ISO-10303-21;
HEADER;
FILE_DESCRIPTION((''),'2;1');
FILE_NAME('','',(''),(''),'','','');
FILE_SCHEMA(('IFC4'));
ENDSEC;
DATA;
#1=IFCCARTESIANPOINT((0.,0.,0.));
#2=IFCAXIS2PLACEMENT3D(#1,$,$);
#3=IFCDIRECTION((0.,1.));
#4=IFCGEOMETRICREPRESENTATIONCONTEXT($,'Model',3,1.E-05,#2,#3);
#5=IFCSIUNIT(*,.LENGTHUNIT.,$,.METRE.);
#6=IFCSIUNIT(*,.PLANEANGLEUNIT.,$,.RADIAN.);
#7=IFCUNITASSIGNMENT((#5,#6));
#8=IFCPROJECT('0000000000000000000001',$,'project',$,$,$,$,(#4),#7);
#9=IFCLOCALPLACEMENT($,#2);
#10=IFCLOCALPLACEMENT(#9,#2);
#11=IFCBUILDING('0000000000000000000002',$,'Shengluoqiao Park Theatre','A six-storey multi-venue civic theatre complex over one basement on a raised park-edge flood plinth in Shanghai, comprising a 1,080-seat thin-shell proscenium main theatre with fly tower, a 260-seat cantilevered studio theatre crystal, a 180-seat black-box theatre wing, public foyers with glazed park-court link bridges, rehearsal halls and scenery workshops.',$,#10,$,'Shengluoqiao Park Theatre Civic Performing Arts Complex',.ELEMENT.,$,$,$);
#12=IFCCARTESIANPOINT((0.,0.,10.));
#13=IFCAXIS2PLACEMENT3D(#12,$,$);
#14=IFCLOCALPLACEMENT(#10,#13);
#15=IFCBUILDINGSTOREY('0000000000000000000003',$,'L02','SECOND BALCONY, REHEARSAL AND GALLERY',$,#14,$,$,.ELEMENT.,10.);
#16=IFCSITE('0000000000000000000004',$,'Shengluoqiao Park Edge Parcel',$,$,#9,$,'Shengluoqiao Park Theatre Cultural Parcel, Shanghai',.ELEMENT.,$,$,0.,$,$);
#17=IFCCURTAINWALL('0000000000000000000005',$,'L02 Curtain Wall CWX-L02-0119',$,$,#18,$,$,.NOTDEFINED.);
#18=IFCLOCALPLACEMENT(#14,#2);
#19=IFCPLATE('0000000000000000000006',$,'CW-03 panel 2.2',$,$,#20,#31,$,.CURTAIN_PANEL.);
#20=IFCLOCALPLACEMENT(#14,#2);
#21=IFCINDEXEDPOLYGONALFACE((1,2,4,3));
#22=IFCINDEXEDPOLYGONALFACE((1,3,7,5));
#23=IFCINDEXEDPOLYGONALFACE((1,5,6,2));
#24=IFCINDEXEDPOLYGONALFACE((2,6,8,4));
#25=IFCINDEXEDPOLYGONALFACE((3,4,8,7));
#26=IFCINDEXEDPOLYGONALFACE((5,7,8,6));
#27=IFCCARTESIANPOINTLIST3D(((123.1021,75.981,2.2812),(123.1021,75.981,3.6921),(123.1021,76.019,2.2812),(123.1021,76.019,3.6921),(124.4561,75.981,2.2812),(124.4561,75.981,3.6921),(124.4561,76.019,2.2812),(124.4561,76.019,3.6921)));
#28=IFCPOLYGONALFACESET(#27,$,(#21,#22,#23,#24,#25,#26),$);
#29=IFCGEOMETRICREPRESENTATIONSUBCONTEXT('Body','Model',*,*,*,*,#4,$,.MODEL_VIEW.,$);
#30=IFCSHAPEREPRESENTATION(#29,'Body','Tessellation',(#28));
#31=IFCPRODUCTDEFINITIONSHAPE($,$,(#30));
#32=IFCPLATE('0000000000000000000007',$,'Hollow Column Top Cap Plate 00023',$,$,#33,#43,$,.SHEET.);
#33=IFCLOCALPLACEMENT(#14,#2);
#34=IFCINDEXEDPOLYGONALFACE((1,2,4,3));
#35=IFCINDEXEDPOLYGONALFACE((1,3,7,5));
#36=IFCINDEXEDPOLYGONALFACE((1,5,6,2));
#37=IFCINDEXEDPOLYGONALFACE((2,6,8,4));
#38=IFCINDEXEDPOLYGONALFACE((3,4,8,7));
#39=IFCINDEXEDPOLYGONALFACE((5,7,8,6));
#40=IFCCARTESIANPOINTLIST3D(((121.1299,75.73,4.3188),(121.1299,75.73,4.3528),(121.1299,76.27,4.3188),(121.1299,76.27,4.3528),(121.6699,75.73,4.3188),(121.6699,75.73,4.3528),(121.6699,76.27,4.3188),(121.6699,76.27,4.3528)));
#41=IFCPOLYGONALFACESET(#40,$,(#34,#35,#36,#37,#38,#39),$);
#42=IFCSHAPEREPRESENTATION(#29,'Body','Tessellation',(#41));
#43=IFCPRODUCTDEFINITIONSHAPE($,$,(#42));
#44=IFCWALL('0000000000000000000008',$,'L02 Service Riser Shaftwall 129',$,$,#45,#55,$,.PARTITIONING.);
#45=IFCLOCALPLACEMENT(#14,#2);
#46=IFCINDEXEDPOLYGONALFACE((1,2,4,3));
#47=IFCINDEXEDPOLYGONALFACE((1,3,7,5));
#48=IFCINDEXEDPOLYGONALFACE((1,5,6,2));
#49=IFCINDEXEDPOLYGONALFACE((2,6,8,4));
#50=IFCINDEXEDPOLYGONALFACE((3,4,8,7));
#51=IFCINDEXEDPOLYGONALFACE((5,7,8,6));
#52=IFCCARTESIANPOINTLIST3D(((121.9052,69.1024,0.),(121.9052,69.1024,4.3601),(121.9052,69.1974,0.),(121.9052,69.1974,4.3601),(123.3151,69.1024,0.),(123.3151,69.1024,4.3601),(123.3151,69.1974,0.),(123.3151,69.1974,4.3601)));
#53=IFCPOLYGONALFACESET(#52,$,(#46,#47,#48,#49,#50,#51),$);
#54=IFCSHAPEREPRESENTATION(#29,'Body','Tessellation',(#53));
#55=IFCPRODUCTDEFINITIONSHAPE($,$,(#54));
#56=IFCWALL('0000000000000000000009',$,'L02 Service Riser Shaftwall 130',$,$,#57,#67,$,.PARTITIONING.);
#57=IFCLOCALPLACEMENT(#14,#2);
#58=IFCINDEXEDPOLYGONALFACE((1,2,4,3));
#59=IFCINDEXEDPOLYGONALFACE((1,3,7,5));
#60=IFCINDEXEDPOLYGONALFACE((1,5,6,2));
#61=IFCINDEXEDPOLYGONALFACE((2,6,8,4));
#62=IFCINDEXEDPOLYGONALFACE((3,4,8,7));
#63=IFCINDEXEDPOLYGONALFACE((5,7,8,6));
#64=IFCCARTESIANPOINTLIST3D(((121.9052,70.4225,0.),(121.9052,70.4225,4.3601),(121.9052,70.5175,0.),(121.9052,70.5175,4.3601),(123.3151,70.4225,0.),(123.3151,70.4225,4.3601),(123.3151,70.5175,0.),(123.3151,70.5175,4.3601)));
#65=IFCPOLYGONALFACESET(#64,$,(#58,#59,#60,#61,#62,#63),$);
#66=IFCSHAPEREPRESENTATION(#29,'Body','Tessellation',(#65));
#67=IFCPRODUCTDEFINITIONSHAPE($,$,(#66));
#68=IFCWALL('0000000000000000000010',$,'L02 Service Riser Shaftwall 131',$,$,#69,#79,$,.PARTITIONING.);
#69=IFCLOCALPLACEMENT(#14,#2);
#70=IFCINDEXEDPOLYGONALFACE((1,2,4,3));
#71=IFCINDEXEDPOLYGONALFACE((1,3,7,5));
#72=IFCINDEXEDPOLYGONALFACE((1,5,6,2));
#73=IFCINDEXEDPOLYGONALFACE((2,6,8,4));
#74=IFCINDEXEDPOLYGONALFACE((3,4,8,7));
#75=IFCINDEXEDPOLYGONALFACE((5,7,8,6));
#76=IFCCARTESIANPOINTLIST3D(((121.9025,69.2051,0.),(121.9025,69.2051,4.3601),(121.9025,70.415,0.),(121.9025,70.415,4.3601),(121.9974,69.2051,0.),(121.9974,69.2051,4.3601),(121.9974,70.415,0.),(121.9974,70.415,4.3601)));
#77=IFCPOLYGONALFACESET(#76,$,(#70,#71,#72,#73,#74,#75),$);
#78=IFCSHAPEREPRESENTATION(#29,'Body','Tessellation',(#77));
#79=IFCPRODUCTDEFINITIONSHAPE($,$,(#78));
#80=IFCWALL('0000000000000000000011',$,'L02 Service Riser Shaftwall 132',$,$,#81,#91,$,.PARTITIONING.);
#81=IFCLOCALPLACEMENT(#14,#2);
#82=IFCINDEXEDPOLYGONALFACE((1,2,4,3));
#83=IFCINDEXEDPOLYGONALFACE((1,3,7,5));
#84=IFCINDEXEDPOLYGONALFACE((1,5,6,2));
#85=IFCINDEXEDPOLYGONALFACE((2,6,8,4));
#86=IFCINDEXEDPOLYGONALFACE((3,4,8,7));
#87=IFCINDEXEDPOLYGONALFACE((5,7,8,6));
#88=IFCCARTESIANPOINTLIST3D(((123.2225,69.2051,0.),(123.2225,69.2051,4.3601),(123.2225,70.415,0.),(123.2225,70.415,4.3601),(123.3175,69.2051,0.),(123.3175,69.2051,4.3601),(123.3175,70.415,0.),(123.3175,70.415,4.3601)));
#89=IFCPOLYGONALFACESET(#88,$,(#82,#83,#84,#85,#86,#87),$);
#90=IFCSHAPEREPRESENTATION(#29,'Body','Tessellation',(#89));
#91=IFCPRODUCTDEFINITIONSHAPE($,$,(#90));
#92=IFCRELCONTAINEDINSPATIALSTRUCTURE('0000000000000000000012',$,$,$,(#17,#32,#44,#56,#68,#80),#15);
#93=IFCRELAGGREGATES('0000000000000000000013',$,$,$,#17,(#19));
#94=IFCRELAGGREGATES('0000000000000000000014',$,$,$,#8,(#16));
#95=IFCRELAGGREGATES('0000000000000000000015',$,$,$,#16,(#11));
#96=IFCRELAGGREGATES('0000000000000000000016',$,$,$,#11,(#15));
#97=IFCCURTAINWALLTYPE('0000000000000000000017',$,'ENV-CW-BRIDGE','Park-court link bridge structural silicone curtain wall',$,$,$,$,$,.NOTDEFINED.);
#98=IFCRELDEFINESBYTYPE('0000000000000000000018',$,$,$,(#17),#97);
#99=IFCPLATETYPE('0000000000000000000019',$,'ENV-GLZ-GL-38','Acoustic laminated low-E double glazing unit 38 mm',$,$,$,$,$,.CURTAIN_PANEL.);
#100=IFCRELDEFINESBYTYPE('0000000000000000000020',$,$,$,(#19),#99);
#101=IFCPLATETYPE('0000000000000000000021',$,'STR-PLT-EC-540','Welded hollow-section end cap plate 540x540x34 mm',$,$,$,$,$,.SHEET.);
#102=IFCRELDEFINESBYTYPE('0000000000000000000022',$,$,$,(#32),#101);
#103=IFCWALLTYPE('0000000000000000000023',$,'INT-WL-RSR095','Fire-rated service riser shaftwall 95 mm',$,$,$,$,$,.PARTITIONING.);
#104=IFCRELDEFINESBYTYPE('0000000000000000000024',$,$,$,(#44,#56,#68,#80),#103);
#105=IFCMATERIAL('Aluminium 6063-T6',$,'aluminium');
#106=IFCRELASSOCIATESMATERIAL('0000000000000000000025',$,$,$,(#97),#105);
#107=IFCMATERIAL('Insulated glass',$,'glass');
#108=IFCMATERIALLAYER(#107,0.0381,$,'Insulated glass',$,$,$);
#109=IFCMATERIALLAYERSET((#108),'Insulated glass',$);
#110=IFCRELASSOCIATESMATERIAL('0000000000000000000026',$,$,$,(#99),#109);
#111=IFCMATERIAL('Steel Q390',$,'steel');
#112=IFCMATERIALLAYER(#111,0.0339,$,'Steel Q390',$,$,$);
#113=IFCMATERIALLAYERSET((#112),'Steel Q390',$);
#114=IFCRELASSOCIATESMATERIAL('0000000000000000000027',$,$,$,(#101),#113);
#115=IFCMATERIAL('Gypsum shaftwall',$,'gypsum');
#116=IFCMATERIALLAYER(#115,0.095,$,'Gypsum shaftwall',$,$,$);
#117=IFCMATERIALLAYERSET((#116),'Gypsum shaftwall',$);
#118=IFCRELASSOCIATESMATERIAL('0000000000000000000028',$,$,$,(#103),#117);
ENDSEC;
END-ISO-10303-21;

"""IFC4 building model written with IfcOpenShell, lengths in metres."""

from ifc_helpers import new_model, si_unit, direction, frame, frame_2d, origin, origin_2d, place, context, subcontext, project, spatial, rectangle, extrude, material, layer, layer_set, type_object, element, aggregate, save


model = new_model("IFC4")

# Units and contexts
model_context = context("Model", 3, precision=1e-05, world=origin(), true_north=direction((0.0, 1.0)))
body_context = subcontext(model_context, "Body", "Model", "MODEL_VIEW")
ifc_project = project(units=[si_unit("LENGTHUNIT", "METRE"), si_unit("PLANEANGLEUNIT", "RADIAN")], contexts=[model_context])

# Site, building, storey
site_placement = place(None, origin())
site = spatial("IfcSite", under=ifc_project, at=site_placement, Name="Shengluoqiao Park Edge Parcel", LongName="Shengluoqiao Park Theatre Cultural Parcel, Shanghai", CompositionType="ELEMENT", RefElevation=0.0)
building_placement = place(site_placement, origin())
building = spatial("IfcBuilding", under=site, at=building_placement, Name="Shengluoqiao Park Theatre", Description="A six-storey multi-venue civic theatre complex over one basement on a raised park-edge flood plinth in Shanghai, comprising a 1,080-seat thin-shell proscenium main theatre with fly tower, a 260-seat cantilevered studio theatre crystal, a 180-seat black-box theatre wing, public foyers with glazed park-court link bridges, rehearsal halls and scenery workshops.", LongName="Shengluoqiao Park Theatre Civic Performing Arts Complex", CompositionType="ELEMENT")
storey_placement = place(building_placement, frame((0.0, 0.0, 10.0)))
storey = spatial("IfcBuildingStorey", under=building, at=storey_placement, Name="L02", Description="SECOND BALCONY, REHEARSAL AND GALLERY", CompositionType="ELEMENT", Elevation=10.0)

# Shared definitions
ifc_material_1 = material(Name="Steel Q390", Category="steel")

# Shared definitions
ifc_material_2 = material(Name="Aluminium 6063-T6", Category="aluminium")
curtain_wall_type = type_object("IfcCurtainWallType", Name="ENV-CW-BRIDGE", Description="Park-court link bridge structural silicone curtain wall", PredefinedType="NOTDEFINED", material=ifc_material_2)

# Curtain wall
curtain_wall_1_placement = place(storey_placement, origin())
curtain_wall_1 = element("IfcCurtainWall", 1, at=curtain_wall_1_placement, inside=storey, type_object=curtain_wall_type, Name="L02 Curtain Wall CWX-L02-0119", PredefinedType="NOTDEFINED")

# Plates
ifc_material_3 = material(Name="Insulated glass", Category="glass")
ifc_layer_1 = layer(ifc_material_3, 0.0381, Name="Insulated glass")
ifc_layer_set_1 = layer_set([ifc_layer_1], Name="Insulated glass")
plate_type_1 = type_object("IfcPlateType", Name="ENV-GLZ-GL-38", Description="Acoustic laminated low-E double glazing unit 38 mm", PredefinedType="CURTAIN_PANEL", material=ifc_layer_set_1)
plate_1_placement = place(storey_placement, frame((123.7791, 76.0, 2.2812), z_axis=(0.0, 0.0, 1.0), x_axis=(1.0, 0.0, 0.0)))
plate_1 = element("IfcPlate", 2, at=plate_1_placement, type_object=plate_type_1, Name="CW-03 panel 2.2", PredefinedType="CURTAIN_PANEL", context=body_context, shape_type="SweptSolid", body=[
    extrude(rectangle(XDim=1.354, YDim=0.0381, at=origin_2d()), origin(), (0.0, 0.0, 1.0), 1.4109),
])
aggregate(curtain_wall_1, [plate_1])
ifc_layer_2 = layer(ifc_material_1, 0.0339, Name="Steel Q390")
ifc_layer_set_2 = layer_set([ifc_layer_2], Name="Steel Q390")
plate_type_2 = type_object("IfcPlateType", Name="STR-PLT-EC-540", Description="Welded hollow-section end cap plate 540x540x34 mm", PredefinedType="SHEET", material=ifc_layer_set_2)
plate_2_placement = place(storey_placement, frame((121.3999, 76.0, 4.3188), z_axis=(0.0, 0.0, 1.0), x_axis=(1.0, 0.0, 0.0)))
element("IfcPlate", 3, at=plate_2_placement, inside=storey, type_object=plate_type_2, Name="Hollow Column Top Cap Plate 00023", PredefinedType="SHEET", context=body_context, shape_type="SweptSolid", body=[
    extrude(rectangle(XDim=0.54, YDim=0.54, at=origin_2d()), origin(), (0.0, 0.0, 1.0), 0.0339),
])

# Walls
ifc_material_4 = material(Name="Gypsum shaftwall", Category="gypsum")
ifc_layer_3 = layer(ifc_material_4, 0.095, Name="Gypsum shaftwall")
ifc_layer_set_3 = layer_set([ifc_layer_3], Name="Gypsum shaftwall")
wall_type = type_object("IfcWallType", Name="INT-WL-RSR095", Description="Fire-rated service riser shaftwall 95 mm", PredefinedType="PARTITIONING", material=ifc_layer_set_3)
for number, where, z_axis, x_axis, name in (
    (4, (121.905, 69.1499, 0.0), (0.0, 0.0, 1.0), (1.0, 0.0, 0.0), "L02 Service Riser Shaftwall 129"),
    (5, (121.905, 70.47, 0.0), (0.0, 0.0, 1.0), (1.0, 0.0, 0.0), "L02 Service Riser Shaftwall 130"),
):
    element("IfcWall", number, at=place(storey_placement, frame(where, z_axis=z_axis, x_axis=x_axis)), inside=storey, type_object=wall_type, Name=name, PredefinedType="PARTITIONING", context=body_context, shape_type="SweptSolid", body=[
        extrude(rectangle(XDim=1.4099, YDim=0.095, at=frame_2d((0.7051, 0.0))), origin(), (0.0, 0.0, 1.0), 4.3601),
    ])
for number, where, z_axis, x_axis, name in (
    (6, (121.95, 69.2051, 0.0), (0.0, 0.0, 1.0), (0.0, 1.0, 0.0), "L02 Service Riser Shaftwall 131"),
    (7, (123.27, 69.2051, 0.0), (0.0, 0.0, 1.0), (0.0, 1.0, 0.0), "L02 Service Riser Shaftwall 132"),
):
    element("IfcWall", number, at=place(storey_placement, frame(where, z_axis=z_axis, x_axis=x_axis)), inside=storey, type_object=wall_type, Name=name, PredefinedType="PARTITIONING", context=body_context, shape_type="SweptSolid", body=[
        extrude(rectangle(XDim=1.21, YDim=0.095, at=frame_2d((0.605, 0.0))), origin(), (0.0, 0.0, 1.0), 4.3601),
    ])

save(model, "model.ifc")
